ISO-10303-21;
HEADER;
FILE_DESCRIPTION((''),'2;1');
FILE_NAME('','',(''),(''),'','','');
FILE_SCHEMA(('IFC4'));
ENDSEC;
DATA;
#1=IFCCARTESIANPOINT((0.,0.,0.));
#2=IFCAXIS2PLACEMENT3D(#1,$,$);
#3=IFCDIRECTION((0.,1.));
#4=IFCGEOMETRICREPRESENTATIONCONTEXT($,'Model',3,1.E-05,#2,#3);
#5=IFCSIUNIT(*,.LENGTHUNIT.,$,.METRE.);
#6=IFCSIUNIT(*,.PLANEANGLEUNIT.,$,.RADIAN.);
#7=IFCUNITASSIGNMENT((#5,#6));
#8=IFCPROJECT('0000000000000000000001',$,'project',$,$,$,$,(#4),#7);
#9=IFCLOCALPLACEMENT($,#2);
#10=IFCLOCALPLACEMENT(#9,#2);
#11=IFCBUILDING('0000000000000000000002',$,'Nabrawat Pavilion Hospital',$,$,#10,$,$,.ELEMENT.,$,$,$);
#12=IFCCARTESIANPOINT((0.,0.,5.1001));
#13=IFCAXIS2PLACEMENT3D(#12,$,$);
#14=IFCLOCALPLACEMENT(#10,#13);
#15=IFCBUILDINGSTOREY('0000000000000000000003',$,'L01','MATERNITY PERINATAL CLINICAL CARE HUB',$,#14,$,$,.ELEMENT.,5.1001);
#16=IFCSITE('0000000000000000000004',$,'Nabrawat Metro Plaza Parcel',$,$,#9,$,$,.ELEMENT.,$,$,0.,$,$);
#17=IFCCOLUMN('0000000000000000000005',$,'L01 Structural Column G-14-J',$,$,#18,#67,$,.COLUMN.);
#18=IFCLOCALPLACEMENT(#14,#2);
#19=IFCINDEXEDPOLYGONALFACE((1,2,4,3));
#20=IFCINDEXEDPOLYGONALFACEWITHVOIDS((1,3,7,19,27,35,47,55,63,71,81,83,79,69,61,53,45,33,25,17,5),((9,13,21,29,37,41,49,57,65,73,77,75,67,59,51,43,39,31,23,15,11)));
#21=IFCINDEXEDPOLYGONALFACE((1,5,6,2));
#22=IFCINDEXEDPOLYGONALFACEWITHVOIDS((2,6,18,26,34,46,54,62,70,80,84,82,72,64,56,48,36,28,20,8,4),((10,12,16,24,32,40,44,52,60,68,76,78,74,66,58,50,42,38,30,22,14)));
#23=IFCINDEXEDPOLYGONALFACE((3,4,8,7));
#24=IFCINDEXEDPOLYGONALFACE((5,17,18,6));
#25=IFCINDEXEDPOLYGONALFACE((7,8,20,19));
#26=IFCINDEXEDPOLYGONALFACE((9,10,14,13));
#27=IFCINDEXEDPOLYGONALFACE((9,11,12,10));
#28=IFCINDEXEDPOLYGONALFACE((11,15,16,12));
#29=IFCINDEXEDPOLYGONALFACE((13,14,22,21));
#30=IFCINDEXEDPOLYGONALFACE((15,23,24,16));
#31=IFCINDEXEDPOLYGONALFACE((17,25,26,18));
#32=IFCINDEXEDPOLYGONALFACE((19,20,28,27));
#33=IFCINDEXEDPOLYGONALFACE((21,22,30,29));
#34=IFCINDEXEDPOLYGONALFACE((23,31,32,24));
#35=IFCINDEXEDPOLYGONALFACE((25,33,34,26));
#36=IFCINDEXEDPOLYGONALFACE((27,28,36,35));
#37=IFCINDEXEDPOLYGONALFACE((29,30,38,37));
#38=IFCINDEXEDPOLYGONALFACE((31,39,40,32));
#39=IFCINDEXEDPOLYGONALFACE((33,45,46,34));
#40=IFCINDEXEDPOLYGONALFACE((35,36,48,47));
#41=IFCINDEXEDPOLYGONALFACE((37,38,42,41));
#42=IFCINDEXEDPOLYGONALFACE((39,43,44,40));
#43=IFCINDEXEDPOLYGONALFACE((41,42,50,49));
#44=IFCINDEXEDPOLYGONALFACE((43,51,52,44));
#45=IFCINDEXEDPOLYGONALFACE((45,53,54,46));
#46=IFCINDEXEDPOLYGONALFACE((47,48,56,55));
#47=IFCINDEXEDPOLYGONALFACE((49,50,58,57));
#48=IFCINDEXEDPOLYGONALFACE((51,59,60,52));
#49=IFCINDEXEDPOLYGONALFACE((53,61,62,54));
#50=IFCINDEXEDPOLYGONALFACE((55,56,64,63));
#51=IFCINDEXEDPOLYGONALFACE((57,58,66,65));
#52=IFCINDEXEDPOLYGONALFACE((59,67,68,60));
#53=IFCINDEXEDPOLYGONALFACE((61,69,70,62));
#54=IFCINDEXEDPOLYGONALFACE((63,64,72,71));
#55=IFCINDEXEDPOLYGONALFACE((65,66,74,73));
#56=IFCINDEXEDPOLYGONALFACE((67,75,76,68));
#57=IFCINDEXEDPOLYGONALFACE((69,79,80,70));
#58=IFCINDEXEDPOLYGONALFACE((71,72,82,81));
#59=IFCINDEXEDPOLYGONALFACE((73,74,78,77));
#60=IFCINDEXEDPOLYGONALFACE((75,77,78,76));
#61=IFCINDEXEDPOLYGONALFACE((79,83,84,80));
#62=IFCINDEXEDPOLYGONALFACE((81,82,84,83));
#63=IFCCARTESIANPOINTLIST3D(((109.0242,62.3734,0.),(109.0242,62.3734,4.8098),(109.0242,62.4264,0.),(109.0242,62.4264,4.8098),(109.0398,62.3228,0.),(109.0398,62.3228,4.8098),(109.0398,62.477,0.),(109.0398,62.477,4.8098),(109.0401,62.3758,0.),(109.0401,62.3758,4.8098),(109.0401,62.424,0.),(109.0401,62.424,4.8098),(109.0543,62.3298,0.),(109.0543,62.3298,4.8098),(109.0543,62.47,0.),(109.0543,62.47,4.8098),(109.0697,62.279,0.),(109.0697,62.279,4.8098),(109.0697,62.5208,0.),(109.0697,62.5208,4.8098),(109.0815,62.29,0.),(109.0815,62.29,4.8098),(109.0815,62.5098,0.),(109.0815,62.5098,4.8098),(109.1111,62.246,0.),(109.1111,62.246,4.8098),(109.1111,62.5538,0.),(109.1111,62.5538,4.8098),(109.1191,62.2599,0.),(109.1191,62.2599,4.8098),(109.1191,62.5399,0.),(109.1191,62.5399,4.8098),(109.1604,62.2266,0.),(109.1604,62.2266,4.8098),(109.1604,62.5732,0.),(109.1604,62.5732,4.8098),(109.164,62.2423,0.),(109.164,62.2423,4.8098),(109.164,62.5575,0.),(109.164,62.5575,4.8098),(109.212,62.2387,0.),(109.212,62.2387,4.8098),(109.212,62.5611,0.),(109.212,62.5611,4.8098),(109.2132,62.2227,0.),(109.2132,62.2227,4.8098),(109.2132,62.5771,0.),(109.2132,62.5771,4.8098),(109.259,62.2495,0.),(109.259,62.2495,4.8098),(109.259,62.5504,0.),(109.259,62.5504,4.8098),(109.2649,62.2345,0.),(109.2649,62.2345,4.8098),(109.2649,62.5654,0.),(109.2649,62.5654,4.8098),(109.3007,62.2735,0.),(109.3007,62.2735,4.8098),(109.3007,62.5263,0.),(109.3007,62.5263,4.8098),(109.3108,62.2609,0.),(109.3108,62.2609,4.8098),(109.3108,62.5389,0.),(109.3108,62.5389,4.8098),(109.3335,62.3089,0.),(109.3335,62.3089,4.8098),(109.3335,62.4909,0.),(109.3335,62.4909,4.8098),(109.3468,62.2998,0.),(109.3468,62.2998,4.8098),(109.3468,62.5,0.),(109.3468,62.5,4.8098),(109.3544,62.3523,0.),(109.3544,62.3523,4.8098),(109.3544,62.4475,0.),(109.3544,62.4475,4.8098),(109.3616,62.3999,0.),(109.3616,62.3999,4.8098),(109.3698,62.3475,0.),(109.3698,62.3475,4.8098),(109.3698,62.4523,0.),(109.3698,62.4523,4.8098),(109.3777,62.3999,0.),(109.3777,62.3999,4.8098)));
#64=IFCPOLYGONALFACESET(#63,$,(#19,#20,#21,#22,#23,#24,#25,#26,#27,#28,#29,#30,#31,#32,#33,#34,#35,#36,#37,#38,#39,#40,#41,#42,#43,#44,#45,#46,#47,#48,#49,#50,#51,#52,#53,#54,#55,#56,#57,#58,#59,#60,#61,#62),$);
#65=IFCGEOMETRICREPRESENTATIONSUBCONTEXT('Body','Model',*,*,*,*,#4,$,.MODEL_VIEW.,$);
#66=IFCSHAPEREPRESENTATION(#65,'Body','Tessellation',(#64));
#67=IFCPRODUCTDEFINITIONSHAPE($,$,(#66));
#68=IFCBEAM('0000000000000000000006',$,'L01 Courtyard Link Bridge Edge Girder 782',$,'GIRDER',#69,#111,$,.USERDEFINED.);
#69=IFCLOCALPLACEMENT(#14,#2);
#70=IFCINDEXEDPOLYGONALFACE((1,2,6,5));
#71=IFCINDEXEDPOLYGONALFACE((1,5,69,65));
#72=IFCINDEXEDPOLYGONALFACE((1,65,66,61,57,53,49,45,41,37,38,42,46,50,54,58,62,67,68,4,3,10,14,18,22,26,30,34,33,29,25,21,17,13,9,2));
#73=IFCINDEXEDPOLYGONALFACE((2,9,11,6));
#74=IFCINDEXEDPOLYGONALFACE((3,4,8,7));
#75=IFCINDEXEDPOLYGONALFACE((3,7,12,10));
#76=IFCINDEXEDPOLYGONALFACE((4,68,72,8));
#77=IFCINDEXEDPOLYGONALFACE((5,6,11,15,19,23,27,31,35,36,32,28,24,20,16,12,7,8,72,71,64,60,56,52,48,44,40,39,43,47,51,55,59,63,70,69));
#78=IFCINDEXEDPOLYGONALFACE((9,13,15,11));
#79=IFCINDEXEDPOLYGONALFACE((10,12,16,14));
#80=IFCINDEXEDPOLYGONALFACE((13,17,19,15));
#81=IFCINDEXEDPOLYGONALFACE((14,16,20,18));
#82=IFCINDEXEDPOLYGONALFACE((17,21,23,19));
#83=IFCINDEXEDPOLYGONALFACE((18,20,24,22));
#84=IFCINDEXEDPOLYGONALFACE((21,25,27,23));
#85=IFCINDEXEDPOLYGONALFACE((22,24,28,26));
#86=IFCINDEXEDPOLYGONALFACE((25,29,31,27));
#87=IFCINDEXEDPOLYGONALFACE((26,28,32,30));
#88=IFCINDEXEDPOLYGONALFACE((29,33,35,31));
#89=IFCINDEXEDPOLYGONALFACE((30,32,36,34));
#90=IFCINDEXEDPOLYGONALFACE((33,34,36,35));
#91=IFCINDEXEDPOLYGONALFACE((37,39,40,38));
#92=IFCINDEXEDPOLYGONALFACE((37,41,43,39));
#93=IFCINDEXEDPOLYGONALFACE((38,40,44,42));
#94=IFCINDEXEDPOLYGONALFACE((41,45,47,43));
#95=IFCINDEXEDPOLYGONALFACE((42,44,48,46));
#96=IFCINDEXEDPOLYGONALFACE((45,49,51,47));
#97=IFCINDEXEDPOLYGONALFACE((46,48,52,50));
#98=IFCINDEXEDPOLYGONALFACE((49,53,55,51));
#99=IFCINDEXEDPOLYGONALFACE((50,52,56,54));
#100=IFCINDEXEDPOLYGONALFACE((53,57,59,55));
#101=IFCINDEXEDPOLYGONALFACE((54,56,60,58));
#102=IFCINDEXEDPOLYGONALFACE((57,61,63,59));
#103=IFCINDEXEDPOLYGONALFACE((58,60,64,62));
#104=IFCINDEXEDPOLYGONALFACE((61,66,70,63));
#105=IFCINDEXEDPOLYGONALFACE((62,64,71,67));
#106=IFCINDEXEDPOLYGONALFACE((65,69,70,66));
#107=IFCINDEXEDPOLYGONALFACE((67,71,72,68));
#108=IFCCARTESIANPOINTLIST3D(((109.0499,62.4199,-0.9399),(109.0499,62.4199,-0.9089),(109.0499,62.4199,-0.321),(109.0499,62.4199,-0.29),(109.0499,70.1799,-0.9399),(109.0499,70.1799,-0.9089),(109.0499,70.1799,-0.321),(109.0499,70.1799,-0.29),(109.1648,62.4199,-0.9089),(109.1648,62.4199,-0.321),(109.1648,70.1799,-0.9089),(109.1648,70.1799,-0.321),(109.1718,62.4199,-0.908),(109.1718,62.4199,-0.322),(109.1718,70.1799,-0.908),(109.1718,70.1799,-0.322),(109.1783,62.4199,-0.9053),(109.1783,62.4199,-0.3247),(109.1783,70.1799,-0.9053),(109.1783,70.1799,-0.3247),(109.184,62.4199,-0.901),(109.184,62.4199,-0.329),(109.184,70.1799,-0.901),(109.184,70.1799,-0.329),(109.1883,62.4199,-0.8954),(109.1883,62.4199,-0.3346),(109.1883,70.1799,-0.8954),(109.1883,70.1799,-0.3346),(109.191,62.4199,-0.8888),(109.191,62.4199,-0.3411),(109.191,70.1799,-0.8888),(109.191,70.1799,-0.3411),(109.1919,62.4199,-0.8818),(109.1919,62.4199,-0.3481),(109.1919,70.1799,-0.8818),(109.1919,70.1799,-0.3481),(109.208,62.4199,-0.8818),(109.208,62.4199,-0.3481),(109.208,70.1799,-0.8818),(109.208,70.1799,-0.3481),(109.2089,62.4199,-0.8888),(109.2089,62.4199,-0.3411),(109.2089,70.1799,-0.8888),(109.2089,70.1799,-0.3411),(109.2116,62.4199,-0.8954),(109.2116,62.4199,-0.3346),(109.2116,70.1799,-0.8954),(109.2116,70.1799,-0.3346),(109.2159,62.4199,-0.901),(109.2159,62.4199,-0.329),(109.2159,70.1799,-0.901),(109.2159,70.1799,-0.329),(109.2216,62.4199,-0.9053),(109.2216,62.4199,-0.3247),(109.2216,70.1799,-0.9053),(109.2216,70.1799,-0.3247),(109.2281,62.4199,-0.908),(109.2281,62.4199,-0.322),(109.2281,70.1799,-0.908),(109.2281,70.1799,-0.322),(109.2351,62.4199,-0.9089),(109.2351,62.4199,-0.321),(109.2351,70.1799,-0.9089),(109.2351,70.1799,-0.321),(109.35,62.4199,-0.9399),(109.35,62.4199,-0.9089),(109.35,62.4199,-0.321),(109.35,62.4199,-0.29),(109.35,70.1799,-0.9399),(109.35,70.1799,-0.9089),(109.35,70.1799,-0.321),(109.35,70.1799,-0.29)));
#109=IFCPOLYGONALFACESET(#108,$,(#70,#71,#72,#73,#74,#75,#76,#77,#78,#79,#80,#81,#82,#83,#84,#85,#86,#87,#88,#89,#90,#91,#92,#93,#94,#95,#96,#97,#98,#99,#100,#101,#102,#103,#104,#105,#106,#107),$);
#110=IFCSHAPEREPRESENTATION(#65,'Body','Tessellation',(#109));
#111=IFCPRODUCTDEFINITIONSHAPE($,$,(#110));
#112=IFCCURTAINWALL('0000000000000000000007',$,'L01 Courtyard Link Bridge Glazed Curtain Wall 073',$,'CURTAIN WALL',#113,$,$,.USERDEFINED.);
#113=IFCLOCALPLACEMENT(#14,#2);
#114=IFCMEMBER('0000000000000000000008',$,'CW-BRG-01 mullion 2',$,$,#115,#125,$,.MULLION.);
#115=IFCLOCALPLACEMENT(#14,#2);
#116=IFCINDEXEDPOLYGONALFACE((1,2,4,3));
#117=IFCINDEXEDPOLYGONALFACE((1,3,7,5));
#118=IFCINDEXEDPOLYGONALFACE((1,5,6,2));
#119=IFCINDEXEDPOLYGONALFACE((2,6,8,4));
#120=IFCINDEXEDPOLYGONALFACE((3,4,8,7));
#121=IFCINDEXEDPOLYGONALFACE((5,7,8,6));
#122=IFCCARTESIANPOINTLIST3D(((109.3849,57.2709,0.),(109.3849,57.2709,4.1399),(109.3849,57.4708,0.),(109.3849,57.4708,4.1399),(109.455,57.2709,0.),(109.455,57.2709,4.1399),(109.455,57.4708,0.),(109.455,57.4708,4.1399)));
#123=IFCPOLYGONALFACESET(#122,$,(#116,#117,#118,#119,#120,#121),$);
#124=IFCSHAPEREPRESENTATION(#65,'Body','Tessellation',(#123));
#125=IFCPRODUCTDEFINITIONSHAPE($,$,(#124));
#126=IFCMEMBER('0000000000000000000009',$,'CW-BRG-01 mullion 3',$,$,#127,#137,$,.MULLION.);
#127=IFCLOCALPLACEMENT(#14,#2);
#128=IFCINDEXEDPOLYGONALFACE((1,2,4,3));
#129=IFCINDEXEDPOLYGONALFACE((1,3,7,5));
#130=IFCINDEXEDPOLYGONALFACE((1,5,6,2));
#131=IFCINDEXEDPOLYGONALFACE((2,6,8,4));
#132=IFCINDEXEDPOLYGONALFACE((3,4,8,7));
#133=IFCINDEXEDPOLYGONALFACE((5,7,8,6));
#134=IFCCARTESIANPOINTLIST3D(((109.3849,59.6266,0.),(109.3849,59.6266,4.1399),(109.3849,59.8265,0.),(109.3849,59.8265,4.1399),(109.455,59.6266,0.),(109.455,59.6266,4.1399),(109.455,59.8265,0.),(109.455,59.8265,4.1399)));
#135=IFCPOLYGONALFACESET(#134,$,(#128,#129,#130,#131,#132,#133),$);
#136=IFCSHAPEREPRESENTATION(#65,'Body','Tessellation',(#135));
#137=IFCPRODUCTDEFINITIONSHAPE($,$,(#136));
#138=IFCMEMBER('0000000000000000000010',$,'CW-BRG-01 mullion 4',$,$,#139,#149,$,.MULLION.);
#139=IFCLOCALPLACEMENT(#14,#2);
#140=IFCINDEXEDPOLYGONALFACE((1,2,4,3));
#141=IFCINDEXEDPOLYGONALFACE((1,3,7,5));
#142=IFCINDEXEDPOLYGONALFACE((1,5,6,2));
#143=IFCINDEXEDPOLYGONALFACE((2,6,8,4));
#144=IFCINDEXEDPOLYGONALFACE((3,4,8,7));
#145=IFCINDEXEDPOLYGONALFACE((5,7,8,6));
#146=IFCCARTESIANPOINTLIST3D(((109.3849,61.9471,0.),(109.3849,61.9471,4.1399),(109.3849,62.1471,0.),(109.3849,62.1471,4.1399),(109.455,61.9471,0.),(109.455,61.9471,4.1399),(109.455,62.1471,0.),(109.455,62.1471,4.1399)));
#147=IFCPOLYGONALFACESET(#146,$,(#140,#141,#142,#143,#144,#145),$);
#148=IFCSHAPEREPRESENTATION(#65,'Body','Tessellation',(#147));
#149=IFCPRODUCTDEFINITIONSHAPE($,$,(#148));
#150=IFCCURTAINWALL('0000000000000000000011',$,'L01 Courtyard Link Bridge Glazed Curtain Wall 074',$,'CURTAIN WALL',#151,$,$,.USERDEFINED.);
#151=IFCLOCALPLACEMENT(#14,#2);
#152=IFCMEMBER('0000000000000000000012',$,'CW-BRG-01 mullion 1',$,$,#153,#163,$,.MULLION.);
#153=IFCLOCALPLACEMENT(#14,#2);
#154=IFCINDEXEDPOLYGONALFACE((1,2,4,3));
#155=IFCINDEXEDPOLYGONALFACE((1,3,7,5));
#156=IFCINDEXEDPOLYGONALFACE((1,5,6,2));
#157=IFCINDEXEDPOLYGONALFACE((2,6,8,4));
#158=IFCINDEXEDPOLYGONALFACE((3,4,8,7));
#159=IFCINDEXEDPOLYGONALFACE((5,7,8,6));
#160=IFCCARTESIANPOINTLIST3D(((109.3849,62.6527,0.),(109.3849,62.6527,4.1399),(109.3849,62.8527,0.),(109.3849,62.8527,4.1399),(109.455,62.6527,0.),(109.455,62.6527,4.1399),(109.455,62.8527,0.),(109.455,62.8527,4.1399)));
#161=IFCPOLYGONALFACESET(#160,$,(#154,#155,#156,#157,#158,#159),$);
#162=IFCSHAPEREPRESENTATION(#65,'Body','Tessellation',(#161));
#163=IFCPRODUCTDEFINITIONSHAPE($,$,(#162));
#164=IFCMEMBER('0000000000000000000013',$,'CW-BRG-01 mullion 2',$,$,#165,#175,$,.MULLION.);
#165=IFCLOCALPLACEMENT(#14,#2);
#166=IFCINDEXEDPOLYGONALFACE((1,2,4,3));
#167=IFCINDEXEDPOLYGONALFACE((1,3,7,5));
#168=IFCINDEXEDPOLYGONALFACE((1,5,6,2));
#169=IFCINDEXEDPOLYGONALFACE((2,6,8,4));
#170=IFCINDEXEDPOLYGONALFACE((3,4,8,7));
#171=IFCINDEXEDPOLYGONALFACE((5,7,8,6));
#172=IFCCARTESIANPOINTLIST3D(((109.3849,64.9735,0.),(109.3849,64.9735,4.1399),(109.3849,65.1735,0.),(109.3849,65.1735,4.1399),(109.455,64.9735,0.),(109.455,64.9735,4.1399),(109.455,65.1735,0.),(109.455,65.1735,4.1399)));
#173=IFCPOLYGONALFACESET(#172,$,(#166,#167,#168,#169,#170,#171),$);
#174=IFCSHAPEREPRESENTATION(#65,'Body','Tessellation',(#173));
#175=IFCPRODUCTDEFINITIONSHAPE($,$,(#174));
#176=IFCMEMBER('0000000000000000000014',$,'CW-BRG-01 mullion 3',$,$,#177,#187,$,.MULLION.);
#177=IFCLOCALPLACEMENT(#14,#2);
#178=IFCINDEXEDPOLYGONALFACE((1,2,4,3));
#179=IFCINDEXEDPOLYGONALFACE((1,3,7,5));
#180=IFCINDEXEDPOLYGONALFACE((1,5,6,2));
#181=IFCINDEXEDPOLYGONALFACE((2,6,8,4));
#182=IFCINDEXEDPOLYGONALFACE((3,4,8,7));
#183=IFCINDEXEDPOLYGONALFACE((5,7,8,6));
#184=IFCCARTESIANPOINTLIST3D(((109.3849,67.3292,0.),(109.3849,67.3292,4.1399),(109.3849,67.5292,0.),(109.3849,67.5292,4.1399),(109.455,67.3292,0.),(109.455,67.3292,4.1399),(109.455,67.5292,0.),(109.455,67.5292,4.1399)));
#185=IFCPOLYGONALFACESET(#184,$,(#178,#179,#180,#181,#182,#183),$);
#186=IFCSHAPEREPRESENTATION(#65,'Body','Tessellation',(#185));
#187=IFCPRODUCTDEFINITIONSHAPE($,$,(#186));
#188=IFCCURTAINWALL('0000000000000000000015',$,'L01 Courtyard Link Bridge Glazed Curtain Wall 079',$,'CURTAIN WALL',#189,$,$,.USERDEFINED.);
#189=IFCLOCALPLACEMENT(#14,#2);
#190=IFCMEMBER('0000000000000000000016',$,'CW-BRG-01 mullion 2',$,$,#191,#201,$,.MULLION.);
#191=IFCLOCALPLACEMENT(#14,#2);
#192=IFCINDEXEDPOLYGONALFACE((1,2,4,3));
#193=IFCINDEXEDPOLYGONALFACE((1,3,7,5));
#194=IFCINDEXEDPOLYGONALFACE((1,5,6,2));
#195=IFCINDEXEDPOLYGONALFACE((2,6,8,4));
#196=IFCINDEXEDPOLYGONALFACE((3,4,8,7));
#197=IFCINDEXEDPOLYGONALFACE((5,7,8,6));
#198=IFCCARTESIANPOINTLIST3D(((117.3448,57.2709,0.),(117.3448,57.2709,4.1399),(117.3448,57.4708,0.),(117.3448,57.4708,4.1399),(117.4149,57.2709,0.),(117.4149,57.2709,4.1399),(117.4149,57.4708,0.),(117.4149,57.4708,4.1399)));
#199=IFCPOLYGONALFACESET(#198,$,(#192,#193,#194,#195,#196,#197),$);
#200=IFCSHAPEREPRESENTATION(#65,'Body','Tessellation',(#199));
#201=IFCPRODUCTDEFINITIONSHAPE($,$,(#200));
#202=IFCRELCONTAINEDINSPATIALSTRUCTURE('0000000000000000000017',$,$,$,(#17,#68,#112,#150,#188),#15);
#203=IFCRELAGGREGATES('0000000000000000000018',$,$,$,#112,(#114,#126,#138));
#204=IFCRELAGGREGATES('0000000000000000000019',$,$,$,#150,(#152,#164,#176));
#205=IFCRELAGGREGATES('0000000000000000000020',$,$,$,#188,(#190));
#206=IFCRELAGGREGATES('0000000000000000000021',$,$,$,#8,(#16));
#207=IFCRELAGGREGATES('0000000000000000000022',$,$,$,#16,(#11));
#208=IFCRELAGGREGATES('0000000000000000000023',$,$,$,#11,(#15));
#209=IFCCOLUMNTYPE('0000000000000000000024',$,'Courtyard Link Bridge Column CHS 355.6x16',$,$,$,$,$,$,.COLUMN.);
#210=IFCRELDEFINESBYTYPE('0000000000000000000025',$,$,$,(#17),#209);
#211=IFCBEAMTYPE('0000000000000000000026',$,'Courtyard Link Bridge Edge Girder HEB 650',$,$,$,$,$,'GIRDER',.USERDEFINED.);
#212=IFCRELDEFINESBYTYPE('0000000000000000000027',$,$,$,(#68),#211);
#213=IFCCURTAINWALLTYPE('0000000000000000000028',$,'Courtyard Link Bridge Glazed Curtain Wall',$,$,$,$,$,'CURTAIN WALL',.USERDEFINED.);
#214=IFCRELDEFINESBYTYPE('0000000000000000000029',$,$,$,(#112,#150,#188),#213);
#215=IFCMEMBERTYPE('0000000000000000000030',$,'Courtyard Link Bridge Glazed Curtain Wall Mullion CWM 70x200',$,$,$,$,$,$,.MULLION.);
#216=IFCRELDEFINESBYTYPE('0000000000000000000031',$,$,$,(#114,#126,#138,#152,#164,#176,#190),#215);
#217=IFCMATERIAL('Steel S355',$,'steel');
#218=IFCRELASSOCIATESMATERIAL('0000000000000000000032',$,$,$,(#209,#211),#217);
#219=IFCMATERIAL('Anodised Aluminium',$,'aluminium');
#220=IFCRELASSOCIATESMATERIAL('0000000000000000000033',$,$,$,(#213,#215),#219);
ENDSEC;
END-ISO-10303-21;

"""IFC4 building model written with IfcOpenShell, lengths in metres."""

from ifc_helpers import new_model, si_unit, direction, frame, origin, origin_2d, place, context, subcontext, project, spatial, rectangle, hollow_circle, i_section, extrude, material, material_profile, profile_set, type_object, element, aggregate, save


model = new_model("IFC4")

# Units and contexts
model_context = context("Model", 3, precision=1e-05, world=origin(), true_north=direction((0.0, 1.0)))
body_context = subcontext(model_context, "Body", "Model", "MODEL_VIEW")
ifc_project = project(units=[si_unit("LENGTHUNIT", "METRE"), si_unit("PLANEANGLEUNIT", "RADIAN")], contexts=[model_context])

# Site, building, storey
site_placement = place(None, origin())
site = spatial("IfcSite", under=ifc_project, at=site_placement, Name="Nabrawat Metro Plaza Parcel", CompositionType="ELEMENT", RefElevation=0.0)
building_placement = place(site_placement, origin())
building = spatial("IfcBuilding", under=site, at=building_placement, Name="Nabrawat Pavilion Hospital", CompositionType="ELEMENT")
storey_placement = place(building_placement, frame((0.0, 0.0, 5.1001)))
storey = spatial("IfcBuildingStorey", under=building, at=storey_placement, Name="L01", Description="MATERNITY PERINATAL CLINICAL CARE HUB", CompositionType="ELEMENT", Elevation=5.1001)

# Column
ifc_material_1 = material(Name="Steel S355", Category="steel")
ifc_material_profile_1 = material_profile(ifc_material_1, hollow_circle(Radius=0.1777, WallThickness=0.0161, at=origin_2d()), Name="CHS 355.6x16")
ifc_profile_set_1 = profile_set([ifc_material_profile_1], Name="Steel S355")
column_type = type_object("IfcColumnType", Name="Courtyard Link Bridge Column CHS 355.6x16", PredefinedType="COLUMN", material=ifc_profile_set_1)
column_placement = place(storey_placement, frame((109.2, 62.3999, 0.0), z_axis=(0.0, 0.0, 1.0), x_axis=(1.0, 0.0, 0.0)))
element("IfcColumn", 1, at=column_placement, inside=storey, type_object=column_type, Name="L01 Structural Column G-14-J", PredefinedType="COLUMN", context=body_context, shape_type="SweptSolid", body=[
    extrude(hollow_circle(Radius=0.1777, WallThickness=0.0161, at=origin_2d()), origin(), (0.0, 0.0, 1.0), 4.8098),
])

# Beam
ifc_material_profile_2 = material_profile(ifc_material_1, i_section(OverallWidth=0.3, OverallDepth=0.6499, WebThickness=0.0161, FlangeThickness=0.031, FilletRadius=0.0271, at=origin_2d()), Name="HEB 650")
ifc_profile_set_2 = profile_set([ifc_material_profile_2], Name="Steel S355")
beam_type_1 = type_object("IfcBeamType", Name="Courtyard Link Bridge Edge Girder HEB 650", ElementType="GIRDER", PredefinedType="USERDEFINED", material=ifc_profile_set_2)
beam_1_placement = place(storey_placement, frame((109.2, 62.4199, -0.615), z_axis=(0.0, 1.0, 0.0), x_axis=(-1.0, 0.0, 0.0)))
element("IfcBeam", 2, at=beam_1_placement, inside=storey, type_object=beam_type_1, Name="L01 Courtyard Link Bridge Edge Girder 782", ObjectType="GIRDER", PredefinedType="USERDEFINED", context=body_context, shape_type="SweptSolid", body=[
    extrude(i_section(OverallWidth=0.3, OverallDepth=0.6499, WebThickness=0.0161, FlangeThickness=0.031, FilletRadius=0.0271, at=origin_2d()), origin(), (0.0, 0.0, 1.0), 7.76),
])

# Curtain walls, members
ifc_material_2 = material(Name="Anodised Aluminium", Category="aluminium")
curtain_wall_type = type_object("IfcCurtainWallType", Name="Courtyard Link Bridge Glazed Curtain Wall", ElementType="CURTAIN WALL", PredefinedType="USERDEFINED", material=ifc_material_2)
curtain_wall_1_placement = place(storey_placement, origin())
curtain_wall_1 = element("IfcCurtainWall", 3, at=curtain_wall_1_placement, inside=storey, type_object=curtain_wall_type, Name="L01 Courtyard Link Bridge Glazed Curtain Wall 073", ObjectType="CURTAIN WALL", PredefinedType="USERDEFINED")
ifc_material_profile_3 = material_profile(ifc_material_2, rectangle(XDim=0.0701, YDim=0.2, at=origin_2d()), Name="CWM 70x200")
ifc_profile_set_3 = profile_set([ifc_material_profile_3], Name="Anodised Aluminium")
member_type_1 = type_object("IfcMemberType", Name="Courtyard Link Bridge Glazed Curtain Wall Mullion CWM 70x200", PredefinedType="MULLION", material=ifc_profile_set_3)
member_1_placement = place(storey_placement, frame((109.4199, 57.3708, 0.0), z_axis=(0.0, 0.0, 1.0), x_axis=(-1.0, 0.0, 0.0)))
member_1 = element("IfcMember", 4, at=member_1_placement, type_object=member_type_1, Name="CW-BRG-01 mullion 2", PredefinedType="MULLION", context=body_context, shape_type="SweptSolid", body=[
    extrude(rectangle(XDim=0.0701, YDim=0.2, at=origin_2d()), origin(), (0.0, 0.0, 1.0), 4.1399),
])
member_2_placement = place(storey_placement, frame((109.4199, 59.7266, 0.0), z_axis=(0.0, 0.0, 1.0), x_axis=(-1.0, 0.0, 0.0)))
member_2 = element("IfcMember", 5, at=member_2_placement, type_object=member_type_1, Name="CW-BRG-01 mullion 3", PredefinedType="MULLION", context=body_context, shape_type="SweptSolid", body=[
    extrude(rectangle(XDim=0.0701, YDim=0.2, at=origin_2d()), origin(), (0.0, 0.0, 1.0), 4.1399),
])
member_3_placement = place(storey_placement, frame((109.4199, 62.0471, 0.0), z_axis=(0.0, 0.0, 1.0), x_axis=(-1.0, 0.0, 0.0)))
member_3 = element("IfcMember", 6, at=member_3_placement, type_object=member_type_1, Name="CW-BRG-01 mullion 4", PredefinedType="MULLION", context=body_context, shape_type="SweptSolid", body=[
    extrude(rectangle(XDim=0.0701, YDim=0.2, at=origin_2d()), origin(), (0.0, 0.0, 1.0), 4.1399),
])
curtain_wall_2_placement = place(storey_placement, origin())
curtain_wall_2 = element("IfcCurtainWall", 7, at=curtain_wall_2_placement, inside=storey, type_object=curtain_wall_type, Name="L01 Courtyard Link Bridge Glazed Curtain Wall 074", ObjectType="CURTAIN WALL", PredefinedType="USERDEFINED")
member_4_placement = place(storey_placement, frame((109.4199, 62.7527, 0.0), z_axis=(0.0, 0.0, 1.0), x_axis=(-1.0, 0.0, 0.0)))
member_4 = element("IfcMember", 8, at=member_4_placement, type_object=member_type_1, Name="CW-BRG-01 mullion 1", PredefinedType="MULLION", context=body_context, shape_type="SweptSolid", body=[
    extrude(rectangle(XDim=0.0701, YDim=0.2, at=origin_2d()), origin(), (0.0, 0.0, 1.0), 4.1399),
])
member_5_placement = place(storey_placement, frame((109.4199, 65.0735, 0.0), z_axis=(0.0, 0.0, 1.0), x_axis=(-1.0, 0.0, 0.0)))
member_5 = element("IfcMember", 9, at=member_5_placement, type_object=member_type_1, Name="CW-BRG-01 mullion 2", PredefinedType="MULLION", context=body_context, shape_type="SweptSolid", body=[
    extrude(rectangle(XDim=0.0701, YDim=0.2, at=origin_2d()), origin(), (0.0, 0.0, 1.0), 4.1399),
])
member_6_placement = place(storey_placement, frame((109.4199, 67.4292, 0.0), z_axis=(0.0, 0.0, 1.0), x_axis=(-1.0, 0.0, 0.0)))
member_6 = element("IfcMember", 10, at=member_6_placement, type_object=member_type_1, Name="CW-BRG-01 mullion 3", PredefinedType="MULLION", context=body_context, shape_type="SweptSolid", body=[
    extrude(rectangle(XDim=0.0701, YDim=0.2, at=origin_2d()), origin(), (0.0, 0.0, 1.0), 4.1399),
])
curtain_wall_3_placement = place(storey_placement, origin())
curtain_wall_3 = element("IfcCurtainWall", 11, at=curtain_wall_3_placement, inside=storey, type_object=curtain_wall_type, Name="L01 Courtyard Link Bridge Glazed Curtain Wall 079", ObjectType="CURTAIN WALL", PredefinedType="USERDEFINED")
member_7_placement = place(storey_placement, frame((117.3799, 57.3708, 0.0), z_axis=(0.0, 0.0, 1.0), x_axis=(-1.0, 0.0, 0.0)))
member_7 = element("IfcMember", 12, at=member_7_placement, type_object=member_type_1, Name="CW-BRG-01 mullion 2", PredefinedType="MULLION", context=body_context, shape_type="SweptSolid", body=[
    extrude(rectangle(XDim=0.0701, YDim=0.2, at=origin_2d()), origin(), (0.0, 0.0, 1.0), 4.1399),
])

aggregate(curtain_wall_1, [member_1, member_2, member_3])
aggregate(curtain_wall_2, [member_4, member_5, member_6])
aggregate(curtain_wall_3, [member_7])

save(model, "model.ifc")
